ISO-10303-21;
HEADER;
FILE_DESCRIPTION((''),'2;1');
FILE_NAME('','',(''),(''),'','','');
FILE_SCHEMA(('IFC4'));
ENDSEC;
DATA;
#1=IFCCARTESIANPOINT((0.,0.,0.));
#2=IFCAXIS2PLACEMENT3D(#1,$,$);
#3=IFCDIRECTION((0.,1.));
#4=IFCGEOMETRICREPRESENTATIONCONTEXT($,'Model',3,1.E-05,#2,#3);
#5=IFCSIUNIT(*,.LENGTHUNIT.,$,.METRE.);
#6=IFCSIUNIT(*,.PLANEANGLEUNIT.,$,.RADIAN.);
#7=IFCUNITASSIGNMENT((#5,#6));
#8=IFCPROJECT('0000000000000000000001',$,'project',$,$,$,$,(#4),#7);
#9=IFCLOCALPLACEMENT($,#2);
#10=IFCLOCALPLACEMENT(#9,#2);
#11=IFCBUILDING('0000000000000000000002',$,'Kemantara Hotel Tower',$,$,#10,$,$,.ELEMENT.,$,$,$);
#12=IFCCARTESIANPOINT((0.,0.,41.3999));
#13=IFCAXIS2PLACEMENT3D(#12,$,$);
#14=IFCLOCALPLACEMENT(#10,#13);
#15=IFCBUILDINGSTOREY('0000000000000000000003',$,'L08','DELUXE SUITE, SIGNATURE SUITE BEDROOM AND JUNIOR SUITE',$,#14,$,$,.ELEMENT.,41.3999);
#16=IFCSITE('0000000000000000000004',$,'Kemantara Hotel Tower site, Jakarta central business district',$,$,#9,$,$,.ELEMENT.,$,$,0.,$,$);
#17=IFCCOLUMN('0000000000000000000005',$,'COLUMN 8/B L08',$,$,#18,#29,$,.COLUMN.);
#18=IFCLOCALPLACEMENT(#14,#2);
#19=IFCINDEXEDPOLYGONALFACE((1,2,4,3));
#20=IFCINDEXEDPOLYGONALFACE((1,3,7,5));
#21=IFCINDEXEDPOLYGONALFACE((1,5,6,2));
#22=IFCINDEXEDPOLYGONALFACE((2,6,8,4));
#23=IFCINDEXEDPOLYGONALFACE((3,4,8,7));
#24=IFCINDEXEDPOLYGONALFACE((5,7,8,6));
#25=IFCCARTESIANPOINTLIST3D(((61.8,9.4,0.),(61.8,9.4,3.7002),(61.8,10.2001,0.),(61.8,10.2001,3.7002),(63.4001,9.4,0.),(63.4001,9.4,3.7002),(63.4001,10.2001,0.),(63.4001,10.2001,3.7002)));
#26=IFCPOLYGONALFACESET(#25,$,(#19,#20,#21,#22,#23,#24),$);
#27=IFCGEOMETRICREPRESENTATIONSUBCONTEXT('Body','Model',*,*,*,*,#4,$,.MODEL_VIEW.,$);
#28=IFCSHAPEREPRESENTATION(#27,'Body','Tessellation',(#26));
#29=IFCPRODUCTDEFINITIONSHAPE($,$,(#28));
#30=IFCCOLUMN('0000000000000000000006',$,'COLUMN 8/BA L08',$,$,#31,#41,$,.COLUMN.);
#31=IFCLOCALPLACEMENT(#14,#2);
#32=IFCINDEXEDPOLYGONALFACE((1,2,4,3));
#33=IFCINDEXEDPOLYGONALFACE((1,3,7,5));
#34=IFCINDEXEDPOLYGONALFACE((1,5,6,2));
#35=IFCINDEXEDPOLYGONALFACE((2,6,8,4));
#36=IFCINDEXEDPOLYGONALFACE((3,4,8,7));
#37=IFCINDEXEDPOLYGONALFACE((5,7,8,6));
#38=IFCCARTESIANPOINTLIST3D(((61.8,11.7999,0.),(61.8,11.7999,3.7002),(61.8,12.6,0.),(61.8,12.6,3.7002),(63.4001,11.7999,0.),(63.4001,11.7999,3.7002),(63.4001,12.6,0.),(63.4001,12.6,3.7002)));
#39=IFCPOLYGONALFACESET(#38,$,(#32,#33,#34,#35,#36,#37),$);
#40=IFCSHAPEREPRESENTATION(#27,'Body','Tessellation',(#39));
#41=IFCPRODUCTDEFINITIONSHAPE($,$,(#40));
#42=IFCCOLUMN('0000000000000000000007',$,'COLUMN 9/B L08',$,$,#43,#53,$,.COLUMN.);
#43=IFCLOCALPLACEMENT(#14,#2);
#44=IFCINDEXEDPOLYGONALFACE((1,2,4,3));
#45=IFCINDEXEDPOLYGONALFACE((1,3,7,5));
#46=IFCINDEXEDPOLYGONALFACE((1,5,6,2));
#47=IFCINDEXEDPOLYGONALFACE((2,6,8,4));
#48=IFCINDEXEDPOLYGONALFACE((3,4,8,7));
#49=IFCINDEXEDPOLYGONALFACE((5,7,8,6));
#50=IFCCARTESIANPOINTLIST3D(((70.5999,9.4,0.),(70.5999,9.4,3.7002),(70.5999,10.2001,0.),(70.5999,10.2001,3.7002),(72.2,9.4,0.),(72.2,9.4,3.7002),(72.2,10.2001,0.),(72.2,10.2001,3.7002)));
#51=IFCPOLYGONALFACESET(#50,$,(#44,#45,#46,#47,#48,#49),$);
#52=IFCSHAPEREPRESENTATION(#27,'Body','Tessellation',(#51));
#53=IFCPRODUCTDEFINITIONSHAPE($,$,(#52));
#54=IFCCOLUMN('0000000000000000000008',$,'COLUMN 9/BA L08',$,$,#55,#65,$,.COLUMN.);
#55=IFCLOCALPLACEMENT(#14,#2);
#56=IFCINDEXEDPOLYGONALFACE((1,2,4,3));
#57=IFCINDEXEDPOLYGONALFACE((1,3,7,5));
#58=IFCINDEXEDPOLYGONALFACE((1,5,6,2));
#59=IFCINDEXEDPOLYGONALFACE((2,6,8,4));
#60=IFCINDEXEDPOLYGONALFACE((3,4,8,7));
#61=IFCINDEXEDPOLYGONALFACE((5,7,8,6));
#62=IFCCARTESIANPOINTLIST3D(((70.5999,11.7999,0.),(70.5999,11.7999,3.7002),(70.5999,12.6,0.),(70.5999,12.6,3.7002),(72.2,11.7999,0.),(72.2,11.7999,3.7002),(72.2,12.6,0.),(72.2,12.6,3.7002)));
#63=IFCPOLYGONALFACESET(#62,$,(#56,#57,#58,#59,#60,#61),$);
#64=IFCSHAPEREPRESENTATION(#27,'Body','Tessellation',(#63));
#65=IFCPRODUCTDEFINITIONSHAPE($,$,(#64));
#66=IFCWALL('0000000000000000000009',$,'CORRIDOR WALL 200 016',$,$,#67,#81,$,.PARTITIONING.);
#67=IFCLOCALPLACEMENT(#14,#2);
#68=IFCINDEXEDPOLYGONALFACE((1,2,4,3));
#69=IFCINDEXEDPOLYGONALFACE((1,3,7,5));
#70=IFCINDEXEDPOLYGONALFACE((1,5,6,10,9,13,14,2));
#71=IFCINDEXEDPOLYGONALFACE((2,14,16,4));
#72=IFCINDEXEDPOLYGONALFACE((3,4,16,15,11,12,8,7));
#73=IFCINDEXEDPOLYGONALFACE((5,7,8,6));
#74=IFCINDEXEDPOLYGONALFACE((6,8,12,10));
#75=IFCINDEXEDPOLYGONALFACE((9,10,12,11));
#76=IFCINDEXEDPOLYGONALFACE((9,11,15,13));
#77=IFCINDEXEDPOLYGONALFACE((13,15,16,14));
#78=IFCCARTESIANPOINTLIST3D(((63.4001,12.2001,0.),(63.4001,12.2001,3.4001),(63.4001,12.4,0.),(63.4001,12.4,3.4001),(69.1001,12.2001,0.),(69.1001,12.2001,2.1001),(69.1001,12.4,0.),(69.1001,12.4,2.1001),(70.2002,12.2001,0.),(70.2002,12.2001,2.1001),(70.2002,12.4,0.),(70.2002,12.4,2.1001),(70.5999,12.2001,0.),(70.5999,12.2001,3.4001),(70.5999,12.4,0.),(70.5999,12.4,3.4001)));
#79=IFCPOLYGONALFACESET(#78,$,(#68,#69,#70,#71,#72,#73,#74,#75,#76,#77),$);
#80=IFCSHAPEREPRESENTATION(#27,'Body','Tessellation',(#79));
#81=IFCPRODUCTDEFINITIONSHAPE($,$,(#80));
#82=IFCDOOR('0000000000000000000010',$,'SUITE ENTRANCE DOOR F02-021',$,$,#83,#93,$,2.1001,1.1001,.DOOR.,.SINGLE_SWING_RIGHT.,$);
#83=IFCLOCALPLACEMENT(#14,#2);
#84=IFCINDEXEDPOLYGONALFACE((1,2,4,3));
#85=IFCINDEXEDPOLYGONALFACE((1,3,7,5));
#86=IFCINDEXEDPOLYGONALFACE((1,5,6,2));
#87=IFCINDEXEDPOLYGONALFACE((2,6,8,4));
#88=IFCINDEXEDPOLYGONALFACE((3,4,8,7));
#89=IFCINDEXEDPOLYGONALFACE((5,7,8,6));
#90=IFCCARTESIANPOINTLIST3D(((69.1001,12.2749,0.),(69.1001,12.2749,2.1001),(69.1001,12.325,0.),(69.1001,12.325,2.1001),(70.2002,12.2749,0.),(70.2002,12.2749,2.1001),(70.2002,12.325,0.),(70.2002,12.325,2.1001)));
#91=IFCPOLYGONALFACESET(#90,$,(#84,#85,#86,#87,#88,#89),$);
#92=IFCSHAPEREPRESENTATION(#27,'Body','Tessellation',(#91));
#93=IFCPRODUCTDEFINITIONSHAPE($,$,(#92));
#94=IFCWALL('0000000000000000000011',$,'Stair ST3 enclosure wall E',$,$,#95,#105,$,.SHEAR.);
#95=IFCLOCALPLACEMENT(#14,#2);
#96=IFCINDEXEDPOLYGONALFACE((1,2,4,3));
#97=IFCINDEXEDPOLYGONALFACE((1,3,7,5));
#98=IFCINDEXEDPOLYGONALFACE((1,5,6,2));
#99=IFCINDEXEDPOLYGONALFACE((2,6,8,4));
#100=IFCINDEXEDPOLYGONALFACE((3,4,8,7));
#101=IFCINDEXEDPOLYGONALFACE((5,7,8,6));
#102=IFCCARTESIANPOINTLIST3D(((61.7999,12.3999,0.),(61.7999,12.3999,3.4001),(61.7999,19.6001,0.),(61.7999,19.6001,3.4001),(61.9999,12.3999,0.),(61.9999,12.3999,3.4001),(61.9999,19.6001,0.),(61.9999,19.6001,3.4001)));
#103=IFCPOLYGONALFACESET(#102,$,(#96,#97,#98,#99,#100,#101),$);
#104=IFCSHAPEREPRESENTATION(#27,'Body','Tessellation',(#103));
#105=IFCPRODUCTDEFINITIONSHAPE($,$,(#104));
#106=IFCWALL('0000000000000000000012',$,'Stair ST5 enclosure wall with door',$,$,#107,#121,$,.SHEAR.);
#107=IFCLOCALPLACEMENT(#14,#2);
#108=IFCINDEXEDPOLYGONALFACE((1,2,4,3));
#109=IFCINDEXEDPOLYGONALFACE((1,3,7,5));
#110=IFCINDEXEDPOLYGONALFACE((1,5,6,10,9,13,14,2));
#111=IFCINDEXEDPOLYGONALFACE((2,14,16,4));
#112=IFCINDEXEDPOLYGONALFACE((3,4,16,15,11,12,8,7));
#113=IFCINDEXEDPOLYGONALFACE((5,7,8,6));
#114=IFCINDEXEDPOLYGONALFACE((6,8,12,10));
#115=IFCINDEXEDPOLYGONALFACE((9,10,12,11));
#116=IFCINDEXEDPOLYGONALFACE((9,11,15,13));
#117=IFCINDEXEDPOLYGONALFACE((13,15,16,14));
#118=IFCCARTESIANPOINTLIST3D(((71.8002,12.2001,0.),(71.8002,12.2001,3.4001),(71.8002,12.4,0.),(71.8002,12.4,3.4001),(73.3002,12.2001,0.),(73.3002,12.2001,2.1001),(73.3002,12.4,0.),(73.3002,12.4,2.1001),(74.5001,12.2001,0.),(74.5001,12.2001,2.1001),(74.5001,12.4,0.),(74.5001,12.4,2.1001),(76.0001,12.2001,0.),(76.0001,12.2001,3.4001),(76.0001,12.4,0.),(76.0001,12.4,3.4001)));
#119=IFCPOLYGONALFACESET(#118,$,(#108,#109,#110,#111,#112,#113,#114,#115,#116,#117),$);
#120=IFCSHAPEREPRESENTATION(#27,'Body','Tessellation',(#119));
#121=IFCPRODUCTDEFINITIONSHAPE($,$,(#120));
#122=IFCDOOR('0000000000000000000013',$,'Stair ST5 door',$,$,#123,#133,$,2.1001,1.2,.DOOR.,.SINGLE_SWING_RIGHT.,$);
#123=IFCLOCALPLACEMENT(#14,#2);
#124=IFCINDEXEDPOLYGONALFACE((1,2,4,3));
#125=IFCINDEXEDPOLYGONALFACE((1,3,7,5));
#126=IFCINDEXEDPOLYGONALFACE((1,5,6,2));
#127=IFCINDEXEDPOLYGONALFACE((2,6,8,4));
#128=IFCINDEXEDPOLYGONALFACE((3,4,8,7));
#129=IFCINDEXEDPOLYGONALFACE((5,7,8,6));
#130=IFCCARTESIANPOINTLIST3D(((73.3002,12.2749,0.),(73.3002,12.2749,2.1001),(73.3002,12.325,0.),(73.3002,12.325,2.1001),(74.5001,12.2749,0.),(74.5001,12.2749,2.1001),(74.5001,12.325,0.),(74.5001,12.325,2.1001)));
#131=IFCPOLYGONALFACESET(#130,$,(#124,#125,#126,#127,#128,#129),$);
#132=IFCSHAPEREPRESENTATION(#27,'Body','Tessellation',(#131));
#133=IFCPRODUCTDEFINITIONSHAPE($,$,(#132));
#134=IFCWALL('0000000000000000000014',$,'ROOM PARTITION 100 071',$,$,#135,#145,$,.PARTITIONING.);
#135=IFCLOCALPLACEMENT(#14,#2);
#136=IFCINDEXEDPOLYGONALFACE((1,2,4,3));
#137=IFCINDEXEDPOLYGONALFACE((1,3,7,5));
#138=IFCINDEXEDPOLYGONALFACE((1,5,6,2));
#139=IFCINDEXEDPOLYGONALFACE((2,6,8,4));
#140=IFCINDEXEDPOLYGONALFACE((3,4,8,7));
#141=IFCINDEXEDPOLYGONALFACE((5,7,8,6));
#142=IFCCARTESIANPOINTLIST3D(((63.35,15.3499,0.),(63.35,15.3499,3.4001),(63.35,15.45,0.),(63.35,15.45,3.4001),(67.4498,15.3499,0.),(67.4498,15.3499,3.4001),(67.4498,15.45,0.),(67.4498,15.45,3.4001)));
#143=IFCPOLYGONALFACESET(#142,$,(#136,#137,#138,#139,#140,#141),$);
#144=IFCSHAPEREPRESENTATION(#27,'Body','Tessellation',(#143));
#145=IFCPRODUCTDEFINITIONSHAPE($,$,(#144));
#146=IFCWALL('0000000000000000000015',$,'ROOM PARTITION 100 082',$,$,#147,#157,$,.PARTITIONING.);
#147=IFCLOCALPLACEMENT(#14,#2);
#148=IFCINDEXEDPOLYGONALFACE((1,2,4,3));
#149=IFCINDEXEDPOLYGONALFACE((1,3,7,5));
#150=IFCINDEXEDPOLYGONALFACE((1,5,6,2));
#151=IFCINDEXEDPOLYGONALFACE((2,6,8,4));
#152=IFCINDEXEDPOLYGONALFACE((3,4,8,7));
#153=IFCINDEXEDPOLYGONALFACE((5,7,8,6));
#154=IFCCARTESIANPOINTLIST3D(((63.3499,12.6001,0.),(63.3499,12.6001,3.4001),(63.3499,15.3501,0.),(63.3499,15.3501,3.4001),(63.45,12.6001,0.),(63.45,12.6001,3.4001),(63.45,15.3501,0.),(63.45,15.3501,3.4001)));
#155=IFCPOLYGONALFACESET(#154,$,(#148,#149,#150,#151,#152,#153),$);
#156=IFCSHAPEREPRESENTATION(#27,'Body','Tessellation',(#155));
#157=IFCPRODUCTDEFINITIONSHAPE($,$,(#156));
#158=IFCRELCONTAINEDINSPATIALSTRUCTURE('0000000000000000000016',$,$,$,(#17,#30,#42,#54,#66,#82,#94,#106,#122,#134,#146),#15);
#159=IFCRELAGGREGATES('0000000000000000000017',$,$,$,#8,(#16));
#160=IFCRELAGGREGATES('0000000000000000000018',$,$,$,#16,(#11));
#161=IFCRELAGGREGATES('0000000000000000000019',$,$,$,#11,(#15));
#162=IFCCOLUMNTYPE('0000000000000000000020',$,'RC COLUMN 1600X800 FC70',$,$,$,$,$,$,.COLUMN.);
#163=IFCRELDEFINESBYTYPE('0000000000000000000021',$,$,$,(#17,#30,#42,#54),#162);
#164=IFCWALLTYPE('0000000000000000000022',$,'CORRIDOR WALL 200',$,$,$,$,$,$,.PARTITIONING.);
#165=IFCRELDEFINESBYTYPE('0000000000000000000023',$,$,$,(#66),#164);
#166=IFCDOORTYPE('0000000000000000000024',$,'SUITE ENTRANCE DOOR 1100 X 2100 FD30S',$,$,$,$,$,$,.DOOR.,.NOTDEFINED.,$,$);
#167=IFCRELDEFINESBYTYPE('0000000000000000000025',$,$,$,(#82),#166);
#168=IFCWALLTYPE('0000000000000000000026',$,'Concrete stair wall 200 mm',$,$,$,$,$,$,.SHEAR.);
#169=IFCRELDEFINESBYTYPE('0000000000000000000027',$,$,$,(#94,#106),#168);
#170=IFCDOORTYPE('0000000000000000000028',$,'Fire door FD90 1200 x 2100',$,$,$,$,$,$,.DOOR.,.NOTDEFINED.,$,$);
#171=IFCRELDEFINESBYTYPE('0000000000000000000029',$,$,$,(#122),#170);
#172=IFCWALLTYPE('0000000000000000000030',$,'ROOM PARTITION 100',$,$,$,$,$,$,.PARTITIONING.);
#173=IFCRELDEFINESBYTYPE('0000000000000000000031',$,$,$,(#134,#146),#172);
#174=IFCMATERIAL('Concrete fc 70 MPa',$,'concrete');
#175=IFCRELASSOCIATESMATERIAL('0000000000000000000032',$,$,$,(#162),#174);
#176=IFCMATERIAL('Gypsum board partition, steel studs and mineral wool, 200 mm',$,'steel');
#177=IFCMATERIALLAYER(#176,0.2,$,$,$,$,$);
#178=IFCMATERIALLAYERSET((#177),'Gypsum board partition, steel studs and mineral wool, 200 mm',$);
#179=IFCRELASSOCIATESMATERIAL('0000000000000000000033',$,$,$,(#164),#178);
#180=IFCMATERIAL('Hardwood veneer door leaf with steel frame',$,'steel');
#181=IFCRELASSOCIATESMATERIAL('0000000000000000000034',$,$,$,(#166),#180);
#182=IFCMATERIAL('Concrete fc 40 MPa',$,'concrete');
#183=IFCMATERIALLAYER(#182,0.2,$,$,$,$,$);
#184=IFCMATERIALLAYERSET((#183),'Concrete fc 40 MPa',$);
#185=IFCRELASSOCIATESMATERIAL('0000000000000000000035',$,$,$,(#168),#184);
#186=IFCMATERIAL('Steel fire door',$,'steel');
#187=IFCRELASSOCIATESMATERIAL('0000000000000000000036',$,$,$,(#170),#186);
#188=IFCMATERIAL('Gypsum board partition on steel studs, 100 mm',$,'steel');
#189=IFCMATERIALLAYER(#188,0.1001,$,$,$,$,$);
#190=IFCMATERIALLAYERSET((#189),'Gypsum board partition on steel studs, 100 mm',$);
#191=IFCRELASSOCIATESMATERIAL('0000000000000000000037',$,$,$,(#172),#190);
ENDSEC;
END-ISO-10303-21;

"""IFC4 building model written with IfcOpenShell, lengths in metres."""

from ifc_helpers import new_model, si_unit, direction, frame, frame_2d, origin, origin_2d, place, context, subcontext, project, spatial, rectangle, extrude, material, layer, layer_set, material_profile, profile_set, type_object, element, fill, save


model = new_model("IFC4")

# Units and contexts
model_context = context("Model", 3, precision=1e-05, world=origin(), true_north=direction((0.0, 1.0)))
body_context = subcontext(model_context, "Body", "Model", "MODEL_VIEW")
ifc_project = project(units=[si_unit("LENGTHUNIT", "METRE"), si_unit("PLANEANGLEUNIT", "RADIAN")], contexts=[model_context])

# Site, building, storey
site_placement = place(None, origin())
site = spatial("IfcSite", under=ifc_project, at=site_placement, Name="Kemantara Hotel Tower site, Jakarta central business district", CompositionType="ELEMENT", RefElevation=0.0)
building_placement = place(site_placement, origin())
building = spatial("IfcBuilding", under=site, at=building_placement, Name="Kemantara Hotel Tower", CompositionType="ELEMENT")
storey_placement = place(building_placement, frame((0.0, 0.0, 41.3999)))
storey = spatial("IfcBuildingStorey", under=building, at=storey_placement, Name="L08", Description="DELUXE SUITE, SIGNATURE SUITE BEDROOM AND JUNIOR SUITE", CompositionType="ELEMENT", Elevation=41.3999)

# Columns
ifc_material_1 = material(Name="Concrete fc 70 MPa", Category="concrete")
ifc_material_profile = material_profile(ifc_material_1, rectangle(XDim=1.6001, YDim=0.8, at=origin_2d()), Name="RC 1600X800")
ifc_profile_set = profile_set([ifc_material_profile], Name="Concrete fc 70 MPa")
column_type = type_object("IfcColumnType", Name="RC COLUMN 1600X800 FC70", PredefinedType="COLUMN", material=ifc_profile_set)
for number, where, z_axis, x_axis, name in (
    (1, (62.6001, 9.8, 0.0), (0.0, 0.0, 1.0), (1.0, 0.0, 0.0), "COLUMN 8/B L08"),
    (2, (62.6001, 12.2, 0.0), (0.0, 0.0, 1.0), (1.0, 0.0, 0.0), "COLUMN 8/BA L08"),
    (3, (71.3999, 9.8, 0.0), (0.0, 0.0, 1.0), (1.0, 0.0, 0.0), "COLUMN 9/B L08"),
    (4, (71.3999, 12.2, 0.0), (0.0, 0.0, 1.0), (1.0, 0.0, 0.0), "COLUMN 9/BA L08"),
):
    element("IfcColumn", number, at=place(storey_placement, frame(where, z_axis=z_axis, x_axis=x_axis)), inside=storey, type_object=column_type, Name=name, PredefinedType="COLUMN", context=body_context, shape_type="SweptSolid", body=[
        extrude(rectangle(XDim=1.6001, YDim=0.8, at=origin_2d()), origin(), (0.0, 0.0, 1.0), 3.7002),
    ])

# Wall, opening, door
ifc_material_2 = material(Name="Gypsum board partition, steel studs and mineral wool, 200 mm", Category="steel")
ifc_layer_1 = layer(ifc_material_2, 0.2)
ifc_layer_set_1 = layer_set([ifc_layer_1], Name="Gypsum board partition, steel studs and mineral wool, 200 mm")
wall_type_1 = type_object("IfcWallType", Name="CORRIDOR WALL 200", PredefinedType="PARTITIONING", material=ifc_layer_set_1)
wall_1_placement = place(storey_placement, frame((63.4001, 12.3, 0.0), z_axis=(0.0, 0.0, 1.0), x_axis=(1.0, 0.0, 0.0)))
wall_1 = element("IfcWall", 5, at=wall_1_placement, inside=storey, type_object=wall_type_1, Name="CORRIDOR WALL 200 016", PredefinedType="PARTITIONING", context=body_context, shape_type="SweptSolid", body=[
    extrude(rectangle(XDim=7.1997, YDim=0.2, at=frame_2d((3.5999, 0.0))), origin(), (0.0, 0.0, 1.0), 3.4001),
])
opening_1_placement = place(wall_1_placement, frame((5.7, 0.0, 0.0)))
opening_1 = element("IfcOpeningElement", 6, at=opening_1_placement, cuts=wall_1, PredefinedType="OPENING", context=body_context, shape_type="SweptSolid", body=[
    extrude(rectangle(XDim=1.1001, YDim=2.1001, at=frame_2d((0.55, 1.05))), frame((0.0, 0.1099, 0.0), z_axis=(0.0, -1.0, 0.0), x_axis=(1.0, 0.0, 0.0)), (0.0, 0.0, 1.0), 0.22),
])
ifc_material_3 = material(Name="Hardwood veneer door leaf with steel frame", Category="steel")
door_type_1 = type_object("IfcDoorType", Name="SUITE ENTRANCE DOOR 1100 X 2100 FD30S", OperationType="NOTDEFINED", PredefinedType="DOOR", material=ifc_material_3)
door_1_placement = place(opening_1_placement, origin())
door_1 = element("IfcDoor", 7, at=door_1_placement, inside=storey, type_object=door_type_1, Name="SUITE ENTRANCE DOOR F02-021", OperationType="SINGLE_SWING_RIGHT", OverallHeight=2.1001, OverallWidth=1.1001, PredefinedType="DOOR", context=body_context, shape_type="SweptSolid", body=[
    extrude(rectangle(XDim=1.1001, YDim=2.1001, at=frame_2d((0.55, 1.05))), frame((0.0, 0.0249, 0.0), z_axis=(0.0, -1.0, 0.0), x_axis=(1.0, 0.0, 0.0)), (0.0, 0.0, 1.0), 0.05),
])
fill(opening_1, door_1)

# Wall
ifc_material_4 = material(Name="Concrete fc 40 MPa", Category="concrete")
ifc_layer_2 = layer(ifc_material_4, 0.2)
ifc_layer_set_2 = layer_set([ifc_layer_2], Name="Concrete fc 40 MPa")
wall_type_2 = type_object("IfcWallType", Name="Concrete stair wall 200 mm", PredefinedType="SHEAR", material=ifc_layer_set_2)
wall_2_placement = place(storey_placement, frame((61.8999, 12.3999, 0.0), z_axis=(0.0, 0.0, 1.0), x_axis=(0.0, 1.0, 0.0)))
element("IfcWall", 8, at=wall_2_placement, inside=storey, type_object=wall_type_2, Name="Stair ST3 enclosure wall E", PredefinedType="SHEAR", context=body_context, shape_type="SweptSolid", body=[
    extrude(rectangle(XDim=7.2002, YDim=0.2, at=frame_2d((3.6001, 0.0))), origin(), (0.0, 0.0, 1.0), 3.4001),
])

# Wall, opening, door
wall_3_placement = place(storey_placement, frame((71.8, 12.3, 0.0), z_axis=(0.0, 0.0, 1.0), x_axis=(1.0, 0.0, 0.0)))
wall_3 = element("IfcWall", 9, at=wall_3_placement, inside=storey, type_object=wall_type_2, Name="Stair ST5 enclosure wall with door", PredefinedType="SHEAR", context=body_context, shape_type="SweptSolid", body=[
    extrude(rectangle(XDim=4.2, YDim=0.2, at=frame_2d((2.1001, 0.0))), origin(), (0.0, 0.0, 1.0), 3.4001),
])
opening_2_placement = place(wall_3_placement, frame((1.5, 0.0, 0.0)))
opening_2 = element("IfcOpeningElement", 10, at=opening_2_placement, cuts=wall_3, PredefinedType="OPENING", context=body_context, shape_type="SweptSolid", body=[
    extrude(rectangle(XDim=1.2, YDim=2.1001, at=frame_2d((0.6001, 1.05))), frame((0.0, 0.1099, 0.0), z_axis=(0.0, -1.0, 0.0), x_axis=(1.0, 0.0, 0.0)), (0.0, 0.0, 1.0), 0.22),
])
ifc_material_5 = material(Name="Steel fire door", Category="steel")
door_type_2 = type_object("IfcDoorType", Name="Fire door FD90 1200 x 2100", OperationType="NOTDEFINED", PredefinedType="DOOR", material=ifc_material_5)
door_2_placement = place(opening_2_placement, origin())
door_2 = element("IfcDoor", 11, at=door_2_placement, inside=storey, type_object=door_type_2, Name="Stair ST5 door", OperationType="SINGLE_SWING_RIGHT", OverallHeight=2.1001, OverallWidth=1.2, PredefinedType="DOOR", context=body_context, shape_type="SweptSolid", body=[
    extrude(rectangle(XDim=1.2, YDim=2.1001, at=frame_2d((0.6001, 1.05))), frame((0.0, 0.0249, 0.0), z_axis=(0.0, -1.0, 0.0), x_axis=(1.0, 0.0, 0.0)), (0.0, 0.0, 1.0), 0.05),
])
fill(opening_2, door_2)

# Walls
ifc_material_6 = material(Name="Gypsum board partition on steel studs, 100 mm", Category="steel")
ifc_layer_3 = layer(ifc_material_6, 0.1001)
ifc_layer_set_3 = layer_set([ifc_layer_3], Name="Gypsum board partition on steel studs, 100 mm")
wall_type_3 = type_object("IfcWallType", Name="ROOM PARTITION 100", PredefinedType="PARTITIONING", material=ifc_layer_set_3)
wall_4_placement = place(storey_placement, frame((63.3501, 15.3999, 0.0), z_axis=(0.0, 0.0, 1.0), x_axis=(1.0, 0.0, 0.0)))
element("IfcWall", 12, at=wall_4_placement, inside=storey, type_object=wall_type_3, Name="ROOM PARTITION 100 071", PredefinedType="PARTITIONING", context=body_context, shape_type="SweptSolid", body=[
    extrude(rectangle(XDim=4.0999, YDim=0.1001, at=frame_2d((2.0498, 0.0))), origin(), (0.0, 0.0, 1.0), 3.4001),
])
wall_5_placement = place(storey_placement, frame((63.3999, 12.6001, 0.0), z_axis=(0.0, 0.0, 1.0), x_axis=(0.0, 1.0, 0.0)))
element("IfcWall", 13, at=wall_5_placement, inside=storey, type_object=wall_type_3, Name="ROOM PARTITION 100 082", PredefinedType="PARTITIONING", context=body_context, shape_type="SweptSolid", body=[
    extrude(rectangle(XDim=2.75, YDim=0.1001, at=frame_2d((1.375, 0.0))), origin(), (0.0, 0.0, 1.0), 3.4001),
])

save(model, "model.ifc")
